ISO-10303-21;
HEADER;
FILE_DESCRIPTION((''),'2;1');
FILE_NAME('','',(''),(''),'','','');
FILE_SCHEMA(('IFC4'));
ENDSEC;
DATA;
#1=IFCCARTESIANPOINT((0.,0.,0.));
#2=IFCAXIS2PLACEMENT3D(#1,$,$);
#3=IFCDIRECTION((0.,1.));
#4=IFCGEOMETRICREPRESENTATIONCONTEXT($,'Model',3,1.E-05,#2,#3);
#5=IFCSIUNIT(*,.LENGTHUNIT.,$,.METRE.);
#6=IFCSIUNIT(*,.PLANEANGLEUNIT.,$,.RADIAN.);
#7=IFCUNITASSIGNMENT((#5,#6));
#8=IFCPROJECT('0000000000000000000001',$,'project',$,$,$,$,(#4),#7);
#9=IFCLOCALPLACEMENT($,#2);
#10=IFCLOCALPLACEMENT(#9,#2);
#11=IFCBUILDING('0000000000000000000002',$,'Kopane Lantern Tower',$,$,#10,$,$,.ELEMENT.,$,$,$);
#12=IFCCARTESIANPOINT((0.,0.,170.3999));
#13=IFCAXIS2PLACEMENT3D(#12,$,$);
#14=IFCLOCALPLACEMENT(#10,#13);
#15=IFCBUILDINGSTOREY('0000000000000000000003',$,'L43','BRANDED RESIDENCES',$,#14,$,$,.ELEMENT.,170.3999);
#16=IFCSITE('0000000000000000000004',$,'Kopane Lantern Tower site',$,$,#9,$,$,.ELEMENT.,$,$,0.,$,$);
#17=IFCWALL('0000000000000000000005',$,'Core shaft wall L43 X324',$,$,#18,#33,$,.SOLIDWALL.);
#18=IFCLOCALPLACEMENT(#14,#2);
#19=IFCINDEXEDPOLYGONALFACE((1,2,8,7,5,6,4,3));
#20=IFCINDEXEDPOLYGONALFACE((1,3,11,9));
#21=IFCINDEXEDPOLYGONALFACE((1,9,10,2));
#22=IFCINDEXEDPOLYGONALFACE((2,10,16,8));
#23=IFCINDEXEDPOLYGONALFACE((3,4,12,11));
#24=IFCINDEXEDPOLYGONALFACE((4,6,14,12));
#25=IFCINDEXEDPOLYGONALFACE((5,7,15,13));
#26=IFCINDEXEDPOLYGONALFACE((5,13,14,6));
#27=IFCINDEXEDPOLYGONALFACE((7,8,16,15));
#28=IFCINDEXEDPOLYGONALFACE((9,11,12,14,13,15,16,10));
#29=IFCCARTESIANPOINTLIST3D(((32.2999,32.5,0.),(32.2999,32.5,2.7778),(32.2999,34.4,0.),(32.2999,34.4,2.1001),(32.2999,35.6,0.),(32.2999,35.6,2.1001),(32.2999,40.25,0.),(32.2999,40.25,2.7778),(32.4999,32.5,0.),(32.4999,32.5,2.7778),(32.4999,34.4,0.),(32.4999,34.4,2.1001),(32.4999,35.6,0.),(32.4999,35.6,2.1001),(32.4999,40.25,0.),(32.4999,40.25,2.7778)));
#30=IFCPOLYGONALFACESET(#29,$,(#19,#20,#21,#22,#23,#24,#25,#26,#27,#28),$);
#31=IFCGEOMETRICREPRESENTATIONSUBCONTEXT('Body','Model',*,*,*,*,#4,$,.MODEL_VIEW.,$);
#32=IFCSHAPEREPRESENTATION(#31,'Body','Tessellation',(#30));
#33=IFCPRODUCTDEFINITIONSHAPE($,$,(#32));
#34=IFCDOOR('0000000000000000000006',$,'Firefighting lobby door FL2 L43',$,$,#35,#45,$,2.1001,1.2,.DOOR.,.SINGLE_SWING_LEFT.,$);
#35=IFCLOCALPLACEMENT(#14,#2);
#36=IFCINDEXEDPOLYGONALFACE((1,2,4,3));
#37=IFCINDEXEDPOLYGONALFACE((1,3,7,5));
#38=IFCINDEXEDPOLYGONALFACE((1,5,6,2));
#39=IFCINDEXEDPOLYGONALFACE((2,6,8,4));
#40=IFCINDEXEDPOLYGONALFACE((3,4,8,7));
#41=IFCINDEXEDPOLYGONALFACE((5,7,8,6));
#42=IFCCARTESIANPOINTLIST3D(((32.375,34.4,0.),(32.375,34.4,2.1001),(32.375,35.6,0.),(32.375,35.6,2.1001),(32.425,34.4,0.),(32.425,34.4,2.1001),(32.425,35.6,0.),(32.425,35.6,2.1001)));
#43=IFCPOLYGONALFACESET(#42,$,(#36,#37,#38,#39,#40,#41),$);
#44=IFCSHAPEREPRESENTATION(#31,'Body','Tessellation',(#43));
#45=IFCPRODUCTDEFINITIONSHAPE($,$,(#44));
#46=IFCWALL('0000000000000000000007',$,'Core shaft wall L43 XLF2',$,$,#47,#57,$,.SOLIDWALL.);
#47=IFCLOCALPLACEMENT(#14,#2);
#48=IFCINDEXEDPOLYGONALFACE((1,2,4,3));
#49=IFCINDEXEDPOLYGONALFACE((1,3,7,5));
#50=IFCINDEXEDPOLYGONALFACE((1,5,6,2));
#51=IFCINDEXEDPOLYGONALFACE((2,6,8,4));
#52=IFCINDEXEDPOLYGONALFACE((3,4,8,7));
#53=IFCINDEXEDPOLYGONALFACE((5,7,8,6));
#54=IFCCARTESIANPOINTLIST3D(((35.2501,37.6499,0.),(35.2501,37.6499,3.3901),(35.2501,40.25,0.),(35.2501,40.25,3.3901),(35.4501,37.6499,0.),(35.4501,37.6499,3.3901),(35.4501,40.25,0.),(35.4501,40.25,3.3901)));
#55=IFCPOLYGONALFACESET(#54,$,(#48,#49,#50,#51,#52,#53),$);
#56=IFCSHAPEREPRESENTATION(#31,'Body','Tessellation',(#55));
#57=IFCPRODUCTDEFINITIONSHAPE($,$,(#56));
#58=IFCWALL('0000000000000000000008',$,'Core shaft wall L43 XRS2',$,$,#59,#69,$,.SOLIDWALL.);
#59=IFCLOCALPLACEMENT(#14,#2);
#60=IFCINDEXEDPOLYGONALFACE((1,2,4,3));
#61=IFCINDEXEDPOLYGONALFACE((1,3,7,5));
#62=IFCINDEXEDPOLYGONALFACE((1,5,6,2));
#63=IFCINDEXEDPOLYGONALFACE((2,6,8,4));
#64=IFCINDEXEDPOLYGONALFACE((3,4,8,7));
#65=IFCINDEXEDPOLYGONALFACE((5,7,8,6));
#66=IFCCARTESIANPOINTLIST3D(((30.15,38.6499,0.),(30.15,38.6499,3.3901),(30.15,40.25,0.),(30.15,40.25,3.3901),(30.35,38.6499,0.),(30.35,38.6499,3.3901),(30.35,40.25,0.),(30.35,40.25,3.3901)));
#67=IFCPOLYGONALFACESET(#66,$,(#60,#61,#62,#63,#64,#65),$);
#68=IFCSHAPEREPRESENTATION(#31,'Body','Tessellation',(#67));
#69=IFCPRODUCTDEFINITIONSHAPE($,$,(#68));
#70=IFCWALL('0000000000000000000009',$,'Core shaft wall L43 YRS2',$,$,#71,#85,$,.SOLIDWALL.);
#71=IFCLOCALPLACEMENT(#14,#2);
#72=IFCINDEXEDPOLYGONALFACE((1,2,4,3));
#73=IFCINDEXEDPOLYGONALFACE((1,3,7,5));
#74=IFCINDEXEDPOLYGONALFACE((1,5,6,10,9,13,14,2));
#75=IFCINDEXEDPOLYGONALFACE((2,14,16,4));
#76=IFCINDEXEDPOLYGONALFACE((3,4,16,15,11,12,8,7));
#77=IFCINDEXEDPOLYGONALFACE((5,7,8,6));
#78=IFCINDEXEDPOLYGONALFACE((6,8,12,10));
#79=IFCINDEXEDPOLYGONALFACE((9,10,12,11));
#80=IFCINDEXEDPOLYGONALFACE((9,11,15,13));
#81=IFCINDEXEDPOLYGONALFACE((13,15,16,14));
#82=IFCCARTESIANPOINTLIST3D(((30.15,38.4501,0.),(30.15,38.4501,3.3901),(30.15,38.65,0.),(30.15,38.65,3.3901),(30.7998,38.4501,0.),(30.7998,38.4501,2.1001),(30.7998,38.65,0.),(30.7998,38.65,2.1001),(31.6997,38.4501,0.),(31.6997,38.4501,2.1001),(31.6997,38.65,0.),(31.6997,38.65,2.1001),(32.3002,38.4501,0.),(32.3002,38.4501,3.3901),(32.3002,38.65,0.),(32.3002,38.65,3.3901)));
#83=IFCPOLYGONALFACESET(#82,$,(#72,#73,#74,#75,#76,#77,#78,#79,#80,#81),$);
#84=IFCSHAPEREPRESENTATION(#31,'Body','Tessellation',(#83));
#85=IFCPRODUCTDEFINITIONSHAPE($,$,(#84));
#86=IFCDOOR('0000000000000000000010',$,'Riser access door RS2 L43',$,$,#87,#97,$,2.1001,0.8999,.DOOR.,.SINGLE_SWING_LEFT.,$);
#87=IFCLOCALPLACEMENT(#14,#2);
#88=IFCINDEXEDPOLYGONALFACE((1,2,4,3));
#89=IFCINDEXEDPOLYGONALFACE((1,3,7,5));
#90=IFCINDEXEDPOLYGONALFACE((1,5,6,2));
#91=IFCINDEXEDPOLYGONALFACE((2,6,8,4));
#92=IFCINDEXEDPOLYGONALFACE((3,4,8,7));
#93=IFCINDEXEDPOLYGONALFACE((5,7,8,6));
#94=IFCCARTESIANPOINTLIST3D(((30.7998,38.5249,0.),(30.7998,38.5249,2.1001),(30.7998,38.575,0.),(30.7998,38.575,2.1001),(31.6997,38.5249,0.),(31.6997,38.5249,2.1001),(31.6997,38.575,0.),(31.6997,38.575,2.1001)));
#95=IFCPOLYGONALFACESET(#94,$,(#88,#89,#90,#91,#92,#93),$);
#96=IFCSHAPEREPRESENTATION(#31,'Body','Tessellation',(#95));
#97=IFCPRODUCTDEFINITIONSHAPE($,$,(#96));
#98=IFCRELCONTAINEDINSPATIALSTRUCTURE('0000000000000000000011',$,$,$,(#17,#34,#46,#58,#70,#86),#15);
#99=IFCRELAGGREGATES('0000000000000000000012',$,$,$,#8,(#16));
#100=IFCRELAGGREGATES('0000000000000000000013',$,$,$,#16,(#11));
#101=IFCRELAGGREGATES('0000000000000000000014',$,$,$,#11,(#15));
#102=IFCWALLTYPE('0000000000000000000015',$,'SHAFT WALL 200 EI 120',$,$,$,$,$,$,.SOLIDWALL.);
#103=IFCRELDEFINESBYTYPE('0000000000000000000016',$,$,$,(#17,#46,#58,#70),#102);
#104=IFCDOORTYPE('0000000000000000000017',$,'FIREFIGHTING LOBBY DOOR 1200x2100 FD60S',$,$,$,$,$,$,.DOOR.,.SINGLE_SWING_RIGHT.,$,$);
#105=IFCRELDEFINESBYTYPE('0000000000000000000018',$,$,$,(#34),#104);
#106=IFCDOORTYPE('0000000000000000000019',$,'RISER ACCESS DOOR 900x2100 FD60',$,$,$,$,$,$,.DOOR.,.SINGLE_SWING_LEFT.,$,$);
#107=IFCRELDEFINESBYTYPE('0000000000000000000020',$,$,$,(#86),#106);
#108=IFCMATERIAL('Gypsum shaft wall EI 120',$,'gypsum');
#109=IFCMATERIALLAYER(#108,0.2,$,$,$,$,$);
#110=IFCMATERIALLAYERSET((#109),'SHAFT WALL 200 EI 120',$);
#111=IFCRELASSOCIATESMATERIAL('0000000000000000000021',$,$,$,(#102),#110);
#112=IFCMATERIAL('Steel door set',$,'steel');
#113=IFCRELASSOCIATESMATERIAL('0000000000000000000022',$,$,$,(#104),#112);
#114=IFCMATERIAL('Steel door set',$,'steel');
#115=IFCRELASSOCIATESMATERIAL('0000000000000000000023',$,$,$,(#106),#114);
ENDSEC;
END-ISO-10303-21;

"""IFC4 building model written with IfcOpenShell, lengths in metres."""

from ifc_helpers import new_model, si_unit, direction, frame, frame_2d, origin, place, context, subcontext, project, spatial, rectangle, extrude, material, layer, layer_set, type_object, element, fill, save


model = new_model("IFC4")

# Units and contexts
model_context = context("Model", 3, precision=1e-05, world=origin(), true_north=direction((0.0, 1.0)))
body_context = subcontext(model_context, "Body", "Model", "MODEL_VIEW")
ifc_project = project(units=[si_unit("LENGTHUNIT", "METRE"), si_unit("PLANEANGLEUNIT", "RADIAN")], contexts=[model_context])

# Site, building, storey
site_placement = place(None, origin())
site = spatial("IfcSite", under=ifc_project, at=site_placement, Name="Kopane Lantern Tower site", CompositionType="ELEMENT", RefElevation=0.0)
building_placement = place(site_placement, origin())
building = spatial("IfcBuilding", under=site, at=building_placement, Name="Kopane Lantern Tower", CompositionType="ELEMENT")
storey_placement = place(building_placement, frame((0.0, 0.0, 170.3999)))
storey = spatial("IfcBuildingStorey", under=building, at=storey_placement, Name="L43", Description="BRANDED RESIDENCES", CompositionType="ELEMENT", Elevation=170.3999)

# Shared definitions
ifc_material_1 = material(Name="Gypsum shaft wall EI 120", Category="gypsum")
ifc_layer_1 = layer(ifc_material_1, 0.2)
ifc_layer_set_1 = layer_set([ifc_layer_1], Name="SHAFT WALL 200 EI 120")
wall_type_1 = type_object("IfcWallType", Name="SHAFT WALL 200 EI 120", PredefinedType="SOLIDWALL", material=ifc_layer_set_1)

# Wall, opening, door
wall_1_placement = place(storey_placement, frame((32.3999, 32.5, 0.0), z_axis=(0.0, 0.0, 1.0), x_axis=(0.0, 1.0, 0.0)))
wall_1 = element("IfcWall", 1, at=wall_1_placement, inside=storey, type_object=wall_type_1, Name="Core shaft wall L43 X324", PredefinedType="SOLIDWALL", context=body_context, shape_type="SweptSolid", body=[
    extrude(rectangle(XDim=7.75, YDim=0.2, at=frame_2d((3.875, 0.0))), origin(), (0.0, 0.0, 1.0), 2.7778),
])
opening_1_placement = place(wall_1_placement, frame((1.8999, 0.0, 0.0)))
opening_1 = element("IfcOpeningElement", 2, at=opening_1_placement, cuts=wall_1, PredefinedType="OPENING", context=body_context, shape_type="SweptSolid", body=[
    extrude(rectangle(XDim=1.2, YDim=2.1001, at=frame_2d((0.6001, 1.05))), frame((0.0, 0.1099, 0.0), z_axis=(0.0, -1.0, 0.0), x_axis=(1.0, 0.0, 0.0)), (0.0, 0.0, 1.0), 0.22),
])
ifc_material_2 = material(Name="Steel door set", Category="steel")
door_type_1 = type_object("IfcDoorType", Name="FIREFIGHTING LOBBY DOOR 1200x2100 FD60S", OperationType="SINGLE_SWING_RIGHT", PredefinedType="DOOR", material=ifc_material_2)
door_1_placement = place(opening_1_placement, origin())
door_1 = element("IfcDoor", 3, at=door_1_placement, inside=storey, type_object=door_type_1, Name="Firefighting lobby door FL2 L43", OperationType="SINGLE_SWING_LEFT", OverallHeight=2.1001, OverallWidth=1.2, PredefinedType="DOOR", context=body_context, shape_type="SweptSolid", body=[
    extrude(rectangle(XDim=1.2, YDim=2.1001, at=frame_2d((0.6001, 1.05))), frame((0.0, 0.0249, 0.0), z_axis=(0.0, -1.0, 0.0), x_axis=(1.0, 0.0, 0.0)), (0.0, 0.0, 1.0), 0.05),
])
fill(opening_1, door_1)

# Walls
wall_2_placement = place(storey_placement, frame((35.3501, 37.6499, 0.0), z_axis=(0.0, 0.0, 1.0), x_axis=(0.0, 1.0, 0.0)))
element("IfcWall", 4, at=wall_2_placement, inside=storey, type_object=wall_type_1, Name="Core shaft wall L43 XLF2", PredefinedType="SOLIDWALL", context=body_context, shape_type="SweptSolid", body=[
    extrude(rectangle(XDim=2.6001, YDim=0.2, at=frame_2d((1.3, 0.0))), origin(), (0.0, 0.0, 1.0), 3.3901),
])
wall_3_placement = place(storey_placement, frame((30.25, 38.6499, 0.0), z_axis=(0.0, 0.0, 1.0), x_axis=(0.0, 1.0, 0.0)))
element("IfcWall", 5, at=wall_3_placement, inside=storey, type_object=wall_type_1, Name="Core shaft wall L43 XRS2", PredefinedType="SOLIDWALL", context=body_context, shape_type="SweptSolid", body=[
    extrude(rectangle(XDim=1.6001, YDim=0.2, at=frame_2d((0.8, 0.0))), origin(), (0.0, 0.0, 1.0), 3.3901),
])

# Wall, opening, door
wall_4_placement = place(storey_placement, frame((30.1499, 38.55, 0.0), z_axis=(0.0, 0.0, 1.0), x_axis=(1.0, 0.0, 0.0)))
wall_4 = element("IfcWall", 6, at=wall_4_placement, inside=storey, type_object=wall_type_1, Name="Core shaft wall L43 YRS2", PredefinedType="SOLIDWALL", context=body_context, shape_type="SweptSolid", body=[
    extrude(rectangle(XDim=2.1501, YDim=0.2, at=frame_2d((1.0752, 0.0))), origin(), (0.0, 0.0, 1.0), 3.3901),
])
opening_2_placement = place(wall_4_placement, frame((0.6499, 0.0, 0.0)))
opening_2 = element("IfcOpeningElement", 7, at=opening_2_placement, cuts=wall_4, PredefinedType="OPENING", context=body_context, shape_type="SweptSolid", body=[
    extrude(rectangle(XDim=0.8999, YDim=2.1001, at=frame_2d((0.45, 1.05))), frame((0.0, 0.1099, 0.0), z_axis=(0.0, -1.0, 0.0), x_axis=(1.0, 0.0, 0.0)), (0.0, 0.0, 1.0), 0.22),
])
ifc_material_3 = material(Name="Steel door set", Category="steel")
door_type_2 = type_object("IfcDoorType", Name="RISER ACCESS DOOR 900x2100 FD60", OperationType="SINGLE_SWING_LEFT", PredefinedType="DOOR", material=ifc_material_3)
door_2_placement = place(opening_2_placement, origin())
door_2 = element("IfcDoor", 8, at=door_2_placement, inside=storey, type_object=door_type_2, Name="Riser access door RS2 L43", OperationType="SINGLE_SWING_LEFT", OverallHeight=2.1001, OverallWidth=0.8999, PredefinedType="DOOR", context=body_context, shape_type="SweptSolid", body=[
    extrude(rectangle(XDim=0.8999, YDim=2.1001, at=frame_2d((0.45, 1.05))), frame((0.0, 0.0249, 0.0), z_axis=(0.0, -1.0, 0.0), x_axis=(1.0, 0.0, 0.0)), (0.0, 0.0, 1.0), 0.05),
])
fill(opening_2, door_2)

save(model, "model.ifc")
